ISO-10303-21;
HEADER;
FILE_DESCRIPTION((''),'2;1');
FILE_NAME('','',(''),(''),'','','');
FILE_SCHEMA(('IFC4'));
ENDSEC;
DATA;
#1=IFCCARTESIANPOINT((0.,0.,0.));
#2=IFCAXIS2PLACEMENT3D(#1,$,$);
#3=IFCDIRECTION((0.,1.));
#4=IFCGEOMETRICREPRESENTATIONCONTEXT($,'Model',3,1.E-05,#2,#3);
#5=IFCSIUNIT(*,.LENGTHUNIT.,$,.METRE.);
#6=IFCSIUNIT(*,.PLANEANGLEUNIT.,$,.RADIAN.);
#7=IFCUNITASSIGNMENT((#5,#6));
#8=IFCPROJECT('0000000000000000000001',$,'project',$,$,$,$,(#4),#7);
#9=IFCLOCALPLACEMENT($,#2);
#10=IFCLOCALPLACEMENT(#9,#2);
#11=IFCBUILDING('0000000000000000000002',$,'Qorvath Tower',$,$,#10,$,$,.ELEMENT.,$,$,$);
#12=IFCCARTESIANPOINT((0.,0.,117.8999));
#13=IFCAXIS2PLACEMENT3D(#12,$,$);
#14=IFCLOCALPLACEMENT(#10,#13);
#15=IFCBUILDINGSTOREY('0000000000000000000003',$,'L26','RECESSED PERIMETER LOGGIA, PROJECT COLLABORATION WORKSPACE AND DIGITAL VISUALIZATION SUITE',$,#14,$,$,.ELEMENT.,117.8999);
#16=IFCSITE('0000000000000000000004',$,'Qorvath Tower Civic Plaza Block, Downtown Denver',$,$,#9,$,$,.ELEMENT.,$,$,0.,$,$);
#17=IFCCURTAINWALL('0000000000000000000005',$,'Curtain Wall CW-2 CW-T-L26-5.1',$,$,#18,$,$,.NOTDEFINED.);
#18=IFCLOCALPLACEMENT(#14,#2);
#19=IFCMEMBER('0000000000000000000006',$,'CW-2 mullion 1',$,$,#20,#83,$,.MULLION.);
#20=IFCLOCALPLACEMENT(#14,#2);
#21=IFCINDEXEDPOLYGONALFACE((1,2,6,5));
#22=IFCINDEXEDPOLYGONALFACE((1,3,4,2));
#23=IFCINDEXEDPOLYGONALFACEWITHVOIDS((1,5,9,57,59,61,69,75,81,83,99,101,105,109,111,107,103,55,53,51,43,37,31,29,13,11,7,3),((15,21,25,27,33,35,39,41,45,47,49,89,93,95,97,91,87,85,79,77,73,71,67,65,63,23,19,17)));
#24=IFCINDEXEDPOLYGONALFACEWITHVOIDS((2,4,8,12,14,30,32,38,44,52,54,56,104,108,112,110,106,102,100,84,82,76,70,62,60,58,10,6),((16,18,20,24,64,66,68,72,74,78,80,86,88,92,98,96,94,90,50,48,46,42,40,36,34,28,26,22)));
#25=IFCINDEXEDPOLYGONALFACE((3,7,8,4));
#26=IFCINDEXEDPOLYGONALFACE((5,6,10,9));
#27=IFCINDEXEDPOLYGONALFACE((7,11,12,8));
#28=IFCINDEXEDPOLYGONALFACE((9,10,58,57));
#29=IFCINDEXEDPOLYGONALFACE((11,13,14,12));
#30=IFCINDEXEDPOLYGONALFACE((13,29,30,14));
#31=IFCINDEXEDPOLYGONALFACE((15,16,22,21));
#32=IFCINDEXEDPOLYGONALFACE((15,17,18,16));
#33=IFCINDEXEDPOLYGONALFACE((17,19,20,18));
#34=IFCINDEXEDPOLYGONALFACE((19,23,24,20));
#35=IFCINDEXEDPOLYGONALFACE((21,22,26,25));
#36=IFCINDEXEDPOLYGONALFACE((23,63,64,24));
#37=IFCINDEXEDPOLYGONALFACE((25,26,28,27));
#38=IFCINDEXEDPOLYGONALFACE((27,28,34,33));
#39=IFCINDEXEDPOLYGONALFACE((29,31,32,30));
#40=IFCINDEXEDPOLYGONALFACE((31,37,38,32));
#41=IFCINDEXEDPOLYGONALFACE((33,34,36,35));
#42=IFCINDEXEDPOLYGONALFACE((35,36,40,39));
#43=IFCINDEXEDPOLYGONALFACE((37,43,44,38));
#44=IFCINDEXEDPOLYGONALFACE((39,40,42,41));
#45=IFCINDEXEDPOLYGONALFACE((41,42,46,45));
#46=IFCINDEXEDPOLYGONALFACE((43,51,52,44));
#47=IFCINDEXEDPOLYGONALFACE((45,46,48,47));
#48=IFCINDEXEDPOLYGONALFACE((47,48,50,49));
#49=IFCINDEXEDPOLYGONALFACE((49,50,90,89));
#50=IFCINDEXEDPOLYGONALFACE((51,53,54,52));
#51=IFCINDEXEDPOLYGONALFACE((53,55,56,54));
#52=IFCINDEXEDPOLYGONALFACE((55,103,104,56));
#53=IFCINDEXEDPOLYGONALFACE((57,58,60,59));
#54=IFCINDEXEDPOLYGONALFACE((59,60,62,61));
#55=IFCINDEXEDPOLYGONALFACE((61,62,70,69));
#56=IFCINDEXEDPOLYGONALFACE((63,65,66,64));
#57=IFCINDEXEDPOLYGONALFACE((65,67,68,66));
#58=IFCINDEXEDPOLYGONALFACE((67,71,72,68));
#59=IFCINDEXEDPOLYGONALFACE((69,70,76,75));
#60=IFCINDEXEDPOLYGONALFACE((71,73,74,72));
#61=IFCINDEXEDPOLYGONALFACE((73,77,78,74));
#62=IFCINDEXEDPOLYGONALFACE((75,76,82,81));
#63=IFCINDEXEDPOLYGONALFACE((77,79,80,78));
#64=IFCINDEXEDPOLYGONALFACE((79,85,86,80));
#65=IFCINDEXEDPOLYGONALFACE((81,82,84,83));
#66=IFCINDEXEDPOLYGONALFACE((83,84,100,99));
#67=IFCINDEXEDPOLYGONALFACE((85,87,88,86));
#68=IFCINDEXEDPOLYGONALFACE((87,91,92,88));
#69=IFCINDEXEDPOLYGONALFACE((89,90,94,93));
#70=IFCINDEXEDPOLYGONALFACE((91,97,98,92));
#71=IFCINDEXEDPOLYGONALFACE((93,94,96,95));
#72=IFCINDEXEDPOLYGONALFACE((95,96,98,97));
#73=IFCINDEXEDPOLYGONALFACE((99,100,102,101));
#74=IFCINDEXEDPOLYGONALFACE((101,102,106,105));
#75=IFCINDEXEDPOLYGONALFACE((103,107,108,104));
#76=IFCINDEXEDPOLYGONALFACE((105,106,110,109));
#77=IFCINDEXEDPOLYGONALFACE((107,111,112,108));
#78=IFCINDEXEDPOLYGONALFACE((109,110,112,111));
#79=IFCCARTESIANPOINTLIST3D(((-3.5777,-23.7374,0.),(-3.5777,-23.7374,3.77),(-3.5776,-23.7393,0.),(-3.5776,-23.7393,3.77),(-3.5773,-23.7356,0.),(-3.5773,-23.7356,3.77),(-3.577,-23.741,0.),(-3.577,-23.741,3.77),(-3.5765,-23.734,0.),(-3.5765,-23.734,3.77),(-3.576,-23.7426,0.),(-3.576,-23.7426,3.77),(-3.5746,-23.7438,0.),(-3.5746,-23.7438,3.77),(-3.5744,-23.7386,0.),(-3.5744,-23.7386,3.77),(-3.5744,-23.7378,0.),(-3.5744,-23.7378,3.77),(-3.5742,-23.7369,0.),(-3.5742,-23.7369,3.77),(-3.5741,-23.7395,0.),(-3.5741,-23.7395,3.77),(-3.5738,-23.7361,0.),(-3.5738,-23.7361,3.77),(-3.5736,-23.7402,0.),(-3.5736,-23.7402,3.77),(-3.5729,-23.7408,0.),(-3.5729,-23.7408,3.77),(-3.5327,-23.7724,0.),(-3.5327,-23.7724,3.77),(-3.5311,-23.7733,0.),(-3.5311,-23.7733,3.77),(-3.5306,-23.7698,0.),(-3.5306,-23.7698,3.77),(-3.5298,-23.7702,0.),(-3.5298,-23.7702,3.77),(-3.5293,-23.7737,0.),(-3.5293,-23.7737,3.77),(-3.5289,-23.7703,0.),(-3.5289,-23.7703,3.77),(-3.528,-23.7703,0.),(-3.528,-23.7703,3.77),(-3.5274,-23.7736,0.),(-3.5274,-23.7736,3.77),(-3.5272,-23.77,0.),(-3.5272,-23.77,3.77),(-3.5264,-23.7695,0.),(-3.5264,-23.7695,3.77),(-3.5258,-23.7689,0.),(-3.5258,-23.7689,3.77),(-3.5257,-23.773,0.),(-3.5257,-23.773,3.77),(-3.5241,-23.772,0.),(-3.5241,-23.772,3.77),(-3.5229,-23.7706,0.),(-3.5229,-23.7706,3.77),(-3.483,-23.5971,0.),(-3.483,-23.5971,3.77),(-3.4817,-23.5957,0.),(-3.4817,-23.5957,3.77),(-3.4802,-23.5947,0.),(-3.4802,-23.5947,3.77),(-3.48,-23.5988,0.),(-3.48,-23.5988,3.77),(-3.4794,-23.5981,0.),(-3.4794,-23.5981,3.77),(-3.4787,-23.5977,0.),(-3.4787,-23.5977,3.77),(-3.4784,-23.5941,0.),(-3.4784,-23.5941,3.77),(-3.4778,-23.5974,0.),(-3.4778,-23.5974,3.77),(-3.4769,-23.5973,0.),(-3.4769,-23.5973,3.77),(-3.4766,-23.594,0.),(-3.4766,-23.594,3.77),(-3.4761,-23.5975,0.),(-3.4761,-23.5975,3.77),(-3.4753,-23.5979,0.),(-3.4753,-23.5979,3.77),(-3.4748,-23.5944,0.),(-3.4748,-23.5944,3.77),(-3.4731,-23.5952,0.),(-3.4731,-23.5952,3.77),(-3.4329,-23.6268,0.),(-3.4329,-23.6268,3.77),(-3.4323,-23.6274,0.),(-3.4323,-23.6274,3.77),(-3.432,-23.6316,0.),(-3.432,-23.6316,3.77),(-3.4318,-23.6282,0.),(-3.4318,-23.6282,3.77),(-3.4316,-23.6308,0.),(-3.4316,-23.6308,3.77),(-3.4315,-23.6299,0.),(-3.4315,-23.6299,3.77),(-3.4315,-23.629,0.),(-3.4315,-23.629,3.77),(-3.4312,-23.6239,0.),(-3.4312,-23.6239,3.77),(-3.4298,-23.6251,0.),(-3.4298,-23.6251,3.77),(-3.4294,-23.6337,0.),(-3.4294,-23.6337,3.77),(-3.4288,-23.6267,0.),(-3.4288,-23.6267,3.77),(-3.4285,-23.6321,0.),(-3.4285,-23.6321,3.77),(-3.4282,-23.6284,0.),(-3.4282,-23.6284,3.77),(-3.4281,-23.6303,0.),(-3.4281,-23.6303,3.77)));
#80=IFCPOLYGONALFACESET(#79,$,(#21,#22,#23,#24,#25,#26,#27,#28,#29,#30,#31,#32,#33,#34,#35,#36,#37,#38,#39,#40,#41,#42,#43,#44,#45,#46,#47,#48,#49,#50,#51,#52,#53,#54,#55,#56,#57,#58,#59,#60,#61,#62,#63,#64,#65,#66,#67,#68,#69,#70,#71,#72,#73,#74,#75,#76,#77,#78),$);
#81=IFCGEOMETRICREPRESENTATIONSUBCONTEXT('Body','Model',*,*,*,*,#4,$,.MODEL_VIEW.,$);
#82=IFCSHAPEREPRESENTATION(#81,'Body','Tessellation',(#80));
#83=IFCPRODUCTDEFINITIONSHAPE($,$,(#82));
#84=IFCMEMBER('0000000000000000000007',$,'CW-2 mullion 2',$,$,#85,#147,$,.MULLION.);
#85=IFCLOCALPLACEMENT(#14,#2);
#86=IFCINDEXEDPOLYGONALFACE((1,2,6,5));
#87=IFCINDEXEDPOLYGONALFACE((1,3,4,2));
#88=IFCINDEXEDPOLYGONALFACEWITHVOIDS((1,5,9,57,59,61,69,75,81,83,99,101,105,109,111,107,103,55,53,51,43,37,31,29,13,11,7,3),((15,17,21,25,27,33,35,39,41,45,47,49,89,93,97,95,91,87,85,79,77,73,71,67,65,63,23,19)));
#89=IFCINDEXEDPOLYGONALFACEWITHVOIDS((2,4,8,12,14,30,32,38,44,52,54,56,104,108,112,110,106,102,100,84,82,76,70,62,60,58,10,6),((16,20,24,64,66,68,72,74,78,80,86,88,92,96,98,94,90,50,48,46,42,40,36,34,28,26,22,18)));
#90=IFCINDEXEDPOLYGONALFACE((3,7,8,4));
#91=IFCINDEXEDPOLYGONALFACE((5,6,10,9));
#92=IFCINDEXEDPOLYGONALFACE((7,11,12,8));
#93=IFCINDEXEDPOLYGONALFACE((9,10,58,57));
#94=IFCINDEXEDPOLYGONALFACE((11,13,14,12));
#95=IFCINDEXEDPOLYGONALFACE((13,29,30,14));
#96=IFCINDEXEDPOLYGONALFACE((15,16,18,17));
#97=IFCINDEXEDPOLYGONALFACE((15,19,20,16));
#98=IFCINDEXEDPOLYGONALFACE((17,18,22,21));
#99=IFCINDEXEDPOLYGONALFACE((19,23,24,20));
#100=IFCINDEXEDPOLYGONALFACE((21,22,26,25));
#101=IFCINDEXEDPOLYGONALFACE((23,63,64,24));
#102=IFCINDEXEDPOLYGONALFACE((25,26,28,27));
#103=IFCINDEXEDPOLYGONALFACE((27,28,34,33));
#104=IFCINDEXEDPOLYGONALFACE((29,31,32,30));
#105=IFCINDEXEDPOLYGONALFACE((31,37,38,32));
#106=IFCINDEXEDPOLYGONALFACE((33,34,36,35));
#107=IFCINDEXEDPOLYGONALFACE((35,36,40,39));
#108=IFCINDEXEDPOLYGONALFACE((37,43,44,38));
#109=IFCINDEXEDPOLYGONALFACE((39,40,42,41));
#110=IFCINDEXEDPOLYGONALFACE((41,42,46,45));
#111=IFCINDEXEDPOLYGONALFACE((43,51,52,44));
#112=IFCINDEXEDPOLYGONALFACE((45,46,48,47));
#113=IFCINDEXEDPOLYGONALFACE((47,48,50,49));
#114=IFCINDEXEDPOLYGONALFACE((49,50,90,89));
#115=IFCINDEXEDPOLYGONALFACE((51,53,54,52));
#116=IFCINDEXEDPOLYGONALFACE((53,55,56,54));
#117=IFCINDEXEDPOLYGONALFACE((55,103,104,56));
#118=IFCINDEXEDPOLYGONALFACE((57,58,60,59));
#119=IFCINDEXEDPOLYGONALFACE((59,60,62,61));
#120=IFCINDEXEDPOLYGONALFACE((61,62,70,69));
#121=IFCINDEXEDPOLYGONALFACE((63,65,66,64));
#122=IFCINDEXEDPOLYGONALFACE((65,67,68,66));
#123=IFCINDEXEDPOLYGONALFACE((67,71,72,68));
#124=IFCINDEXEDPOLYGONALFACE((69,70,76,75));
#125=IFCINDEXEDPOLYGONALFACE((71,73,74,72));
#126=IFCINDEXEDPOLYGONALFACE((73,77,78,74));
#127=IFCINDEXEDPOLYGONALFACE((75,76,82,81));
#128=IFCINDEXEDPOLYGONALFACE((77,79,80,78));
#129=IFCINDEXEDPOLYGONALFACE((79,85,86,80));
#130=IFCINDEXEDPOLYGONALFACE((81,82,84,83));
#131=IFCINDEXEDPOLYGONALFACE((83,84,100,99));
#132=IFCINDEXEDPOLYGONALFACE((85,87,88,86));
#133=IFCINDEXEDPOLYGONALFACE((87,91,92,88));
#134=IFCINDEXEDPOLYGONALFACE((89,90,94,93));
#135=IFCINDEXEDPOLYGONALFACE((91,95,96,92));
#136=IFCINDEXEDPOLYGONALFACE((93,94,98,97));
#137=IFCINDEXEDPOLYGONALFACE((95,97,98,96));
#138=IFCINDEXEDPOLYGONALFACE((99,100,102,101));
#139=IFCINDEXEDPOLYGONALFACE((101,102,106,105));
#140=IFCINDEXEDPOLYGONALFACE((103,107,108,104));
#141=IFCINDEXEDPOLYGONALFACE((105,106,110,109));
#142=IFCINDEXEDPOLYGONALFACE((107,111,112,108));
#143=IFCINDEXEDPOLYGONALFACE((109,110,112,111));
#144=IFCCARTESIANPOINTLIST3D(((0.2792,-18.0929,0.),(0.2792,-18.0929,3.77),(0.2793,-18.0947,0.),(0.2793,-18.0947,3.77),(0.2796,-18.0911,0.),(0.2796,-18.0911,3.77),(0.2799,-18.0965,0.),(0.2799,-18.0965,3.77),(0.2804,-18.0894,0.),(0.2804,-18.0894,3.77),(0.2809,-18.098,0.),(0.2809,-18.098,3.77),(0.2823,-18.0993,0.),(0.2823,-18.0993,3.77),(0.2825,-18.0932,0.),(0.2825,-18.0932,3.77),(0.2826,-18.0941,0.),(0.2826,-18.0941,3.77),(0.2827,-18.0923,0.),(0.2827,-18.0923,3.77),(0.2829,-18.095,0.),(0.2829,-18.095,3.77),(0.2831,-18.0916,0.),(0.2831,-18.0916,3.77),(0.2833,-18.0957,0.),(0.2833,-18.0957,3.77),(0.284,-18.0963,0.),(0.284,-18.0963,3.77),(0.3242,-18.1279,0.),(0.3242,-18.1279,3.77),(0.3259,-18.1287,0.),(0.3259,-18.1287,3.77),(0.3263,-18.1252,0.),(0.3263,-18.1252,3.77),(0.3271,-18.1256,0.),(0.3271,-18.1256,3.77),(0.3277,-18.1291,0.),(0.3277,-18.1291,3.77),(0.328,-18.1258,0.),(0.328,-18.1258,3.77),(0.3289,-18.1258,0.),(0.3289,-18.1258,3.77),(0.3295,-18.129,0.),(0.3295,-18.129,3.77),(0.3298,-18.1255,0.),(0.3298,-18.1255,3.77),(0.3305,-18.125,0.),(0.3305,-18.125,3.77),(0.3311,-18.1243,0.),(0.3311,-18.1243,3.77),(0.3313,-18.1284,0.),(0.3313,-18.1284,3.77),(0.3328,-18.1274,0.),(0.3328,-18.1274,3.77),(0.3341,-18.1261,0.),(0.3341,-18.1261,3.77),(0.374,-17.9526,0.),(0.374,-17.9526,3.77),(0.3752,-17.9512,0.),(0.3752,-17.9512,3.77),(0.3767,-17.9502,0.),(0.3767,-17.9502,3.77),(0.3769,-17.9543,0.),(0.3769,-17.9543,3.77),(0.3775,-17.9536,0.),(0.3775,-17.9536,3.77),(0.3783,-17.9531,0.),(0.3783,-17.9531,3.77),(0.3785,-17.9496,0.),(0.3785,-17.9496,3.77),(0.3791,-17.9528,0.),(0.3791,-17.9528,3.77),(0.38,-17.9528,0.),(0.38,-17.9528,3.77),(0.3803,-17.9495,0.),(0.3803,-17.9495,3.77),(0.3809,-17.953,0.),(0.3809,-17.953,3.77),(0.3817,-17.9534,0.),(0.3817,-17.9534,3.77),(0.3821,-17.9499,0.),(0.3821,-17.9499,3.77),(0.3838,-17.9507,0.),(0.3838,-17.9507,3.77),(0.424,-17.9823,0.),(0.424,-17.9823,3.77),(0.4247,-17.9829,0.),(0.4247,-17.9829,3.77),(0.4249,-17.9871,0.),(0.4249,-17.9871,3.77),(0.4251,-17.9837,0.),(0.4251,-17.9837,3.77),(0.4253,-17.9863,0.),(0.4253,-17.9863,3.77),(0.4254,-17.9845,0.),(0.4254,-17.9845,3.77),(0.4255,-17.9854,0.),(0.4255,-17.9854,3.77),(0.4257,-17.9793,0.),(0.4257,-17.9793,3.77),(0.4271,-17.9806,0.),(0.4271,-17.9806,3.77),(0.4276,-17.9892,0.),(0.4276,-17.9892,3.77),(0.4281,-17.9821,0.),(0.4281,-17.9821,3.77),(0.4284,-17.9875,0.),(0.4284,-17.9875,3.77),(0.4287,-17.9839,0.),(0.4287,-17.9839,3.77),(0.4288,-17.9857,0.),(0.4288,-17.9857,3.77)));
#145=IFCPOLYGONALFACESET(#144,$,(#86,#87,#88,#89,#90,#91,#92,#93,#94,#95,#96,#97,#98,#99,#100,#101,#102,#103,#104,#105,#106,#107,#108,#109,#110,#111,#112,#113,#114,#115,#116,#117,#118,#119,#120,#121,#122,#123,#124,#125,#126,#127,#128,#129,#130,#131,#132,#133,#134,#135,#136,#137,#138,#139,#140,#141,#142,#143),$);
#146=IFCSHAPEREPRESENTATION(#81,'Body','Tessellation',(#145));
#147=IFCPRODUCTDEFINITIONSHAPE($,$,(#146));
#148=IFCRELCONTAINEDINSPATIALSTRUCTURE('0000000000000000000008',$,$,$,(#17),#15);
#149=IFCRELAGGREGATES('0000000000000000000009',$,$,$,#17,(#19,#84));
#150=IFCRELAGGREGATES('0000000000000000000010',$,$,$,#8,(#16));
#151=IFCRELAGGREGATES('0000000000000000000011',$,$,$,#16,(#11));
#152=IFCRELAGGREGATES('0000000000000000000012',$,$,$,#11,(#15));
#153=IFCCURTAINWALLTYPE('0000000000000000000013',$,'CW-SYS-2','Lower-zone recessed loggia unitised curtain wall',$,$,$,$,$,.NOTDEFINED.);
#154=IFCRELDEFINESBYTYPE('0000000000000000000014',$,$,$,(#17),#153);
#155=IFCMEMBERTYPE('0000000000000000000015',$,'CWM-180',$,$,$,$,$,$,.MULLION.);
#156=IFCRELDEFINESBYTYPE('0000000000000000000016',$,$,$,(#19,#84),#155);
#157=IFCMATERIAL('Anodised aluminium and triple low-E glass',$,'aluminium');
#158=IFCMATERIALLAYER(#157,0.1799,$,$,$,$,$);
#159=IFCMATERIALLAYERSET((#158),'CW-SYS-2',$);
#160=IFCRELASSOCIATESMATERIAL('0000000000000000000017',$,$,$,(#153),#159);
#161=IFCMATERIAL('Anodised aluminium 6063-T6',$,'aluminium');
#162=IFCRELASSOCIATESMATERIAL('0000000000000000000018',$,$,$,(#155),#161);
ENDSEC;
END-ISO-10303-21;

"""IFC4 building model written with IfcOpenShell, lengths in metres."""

from ifc_helpers import new_model, si_unit, direction, frame, origin, origin_2d, place, context, subcontext, project, spatial, hollow_rectangle, extrude, material, layer, layer_set, material_profile, profile_set, type_object, element, aggregate, save


model = new_model("IFC4")

# Units and contexts
model_context = context("Model", 3, precision=1e-05, world=origin(), true_north=direction((0.0, 1.0)))
body_context = subcontext(model_context, "Body", "Model", "MODEL_VIEW")
ifc_project = project(units=[si_unit("LENGTHUNIT", "METRE"), si_unit("PLANEANGLEUNIT", "RADIAN")], contexts=[model_context])

# Site, building, storey
site_placement = place(None, origin())
site = spatial("IfcSite", under=ifc_project, at=site_placement, Name="Qorvath Tower Civic Plaza Block, Downtown Denver", CompositionType="ELEMENT", RefElevation=0.0)
building_placement = place(site_placement, origin())
building = spatial("IfcBuilding", under=site, at=building_placement, Name="Qorvath Tower", CompositionType="ELEMENT")
storey_placement = place(building_placement, frame((0.0, 0.0, 117.8999)))
storey = spatial("IfcBuildingStorey", under=building, at=storey_placement, Name="L26", Description="RECESSED PERIMETER LOGGIA, PROJECT COLLABORATION WORKSPACE AND DIGITAL VISUALIZATION SUITE", CompositionType="ELEMENT", Elevation=117.8999)

# Curtain wall, members
ifc_material_1 = material(Name="Anodised aluminium and triple low-E glass", Category="aluminium")
ifc_layer_1 = layer(ifc_material_1, 0.1799)
ifc_layer_set_1 = layer_set([ifc_layer_1], Name="CW-SYS-2")
curtain_wall_type = type_object("IfcCurtainWallType", Name="CW-SYS-2", Description="Lower-zone recessed loggia unitised curtain wall", PredefinedType="NOTDEFINED", material=ifc_layer_set_1)
ifc_material_2 = material(Name="Anodised aluminium 6063-T6", Category="aluminium")
ifc_material_profile_1 = material_profile(ifc_material_2, hollow_rectangle(XDim=0.0649, YDim=0.1799, WallThickness=0.0034, InnerFilletRadius=0.0034, OuterFilletRadius=0.0071, at=origin_2d()), Name="CWM 180x65")
ifc_profile_set_1 = profile_set([ifc_material_profile_1], Name="Anodised aluminium 6063-T6")
member_type_1 = type_object("IfcMemberType", Name="CWM-180", PredefinedType="MULLION", material=ifc_profile_set_1)
curtain_wall_1_placement = place(storey_placement, origin())
curtain_wall_1 = element("IfcCurtainWall", 1, at=curtain_wall_1_placement, inside=storey, type_object=curtain_wall_type, Name="Curtain Wall CW-2 CW-T-L26-5.1", PredefinedType="NOTDEFINED")
member_1_placement = place(storey_placement, frame((-3.5029, -23.6838, 0.0), z_axis=(0.0, 0.0, 1.0), x_axis=(-0.825663, 0.564164, 0.0)))
member_1 = element("IfcMember", 2, at=member_1_placement, type_object=member_type_1, Name="CW-2 mullion 1", PredefinedType="MULLION", context=body_context, shape_type="SweptSolid", body=[
    extrude(hollow_rectangle(XDim=0.0649, YDim=0.1799, WallThickness=0.0034, InnerFilletRadius=0.0034, OuterFilletRadius=0.0071, at=origin_2d()), origin(), (0.0, 0.0, 1.0), 3.77),
])
member_2_placement = place(storey_placement, frame((0.354, -18.0393, 0.0), z_axis=(0.0, 0.0, 1.0), x_axis=(-0.825663, 0.564164, 0.0)))
member_2 = element("IfcMember", 3, at=member_2_placement, type_object=member_type_1, Name="CW-2 mullion 2", PredefinedType="MULLION", context=body_context, shape_type="SweptSolid", body=[
    extrude(hollow_rectangle(XDim=0.0649, YDim=0.1799, WallThickness=0.0034, InnerFilletRadius=0.0034, OuterFilletRadius=0.0071, at=origin_2d()), origin(), (0.0, 0.0, 1.0), 3.77),
])

aggregate(curtain_wall_1, [member_1, member_2])

save(model, "model.ifc")
